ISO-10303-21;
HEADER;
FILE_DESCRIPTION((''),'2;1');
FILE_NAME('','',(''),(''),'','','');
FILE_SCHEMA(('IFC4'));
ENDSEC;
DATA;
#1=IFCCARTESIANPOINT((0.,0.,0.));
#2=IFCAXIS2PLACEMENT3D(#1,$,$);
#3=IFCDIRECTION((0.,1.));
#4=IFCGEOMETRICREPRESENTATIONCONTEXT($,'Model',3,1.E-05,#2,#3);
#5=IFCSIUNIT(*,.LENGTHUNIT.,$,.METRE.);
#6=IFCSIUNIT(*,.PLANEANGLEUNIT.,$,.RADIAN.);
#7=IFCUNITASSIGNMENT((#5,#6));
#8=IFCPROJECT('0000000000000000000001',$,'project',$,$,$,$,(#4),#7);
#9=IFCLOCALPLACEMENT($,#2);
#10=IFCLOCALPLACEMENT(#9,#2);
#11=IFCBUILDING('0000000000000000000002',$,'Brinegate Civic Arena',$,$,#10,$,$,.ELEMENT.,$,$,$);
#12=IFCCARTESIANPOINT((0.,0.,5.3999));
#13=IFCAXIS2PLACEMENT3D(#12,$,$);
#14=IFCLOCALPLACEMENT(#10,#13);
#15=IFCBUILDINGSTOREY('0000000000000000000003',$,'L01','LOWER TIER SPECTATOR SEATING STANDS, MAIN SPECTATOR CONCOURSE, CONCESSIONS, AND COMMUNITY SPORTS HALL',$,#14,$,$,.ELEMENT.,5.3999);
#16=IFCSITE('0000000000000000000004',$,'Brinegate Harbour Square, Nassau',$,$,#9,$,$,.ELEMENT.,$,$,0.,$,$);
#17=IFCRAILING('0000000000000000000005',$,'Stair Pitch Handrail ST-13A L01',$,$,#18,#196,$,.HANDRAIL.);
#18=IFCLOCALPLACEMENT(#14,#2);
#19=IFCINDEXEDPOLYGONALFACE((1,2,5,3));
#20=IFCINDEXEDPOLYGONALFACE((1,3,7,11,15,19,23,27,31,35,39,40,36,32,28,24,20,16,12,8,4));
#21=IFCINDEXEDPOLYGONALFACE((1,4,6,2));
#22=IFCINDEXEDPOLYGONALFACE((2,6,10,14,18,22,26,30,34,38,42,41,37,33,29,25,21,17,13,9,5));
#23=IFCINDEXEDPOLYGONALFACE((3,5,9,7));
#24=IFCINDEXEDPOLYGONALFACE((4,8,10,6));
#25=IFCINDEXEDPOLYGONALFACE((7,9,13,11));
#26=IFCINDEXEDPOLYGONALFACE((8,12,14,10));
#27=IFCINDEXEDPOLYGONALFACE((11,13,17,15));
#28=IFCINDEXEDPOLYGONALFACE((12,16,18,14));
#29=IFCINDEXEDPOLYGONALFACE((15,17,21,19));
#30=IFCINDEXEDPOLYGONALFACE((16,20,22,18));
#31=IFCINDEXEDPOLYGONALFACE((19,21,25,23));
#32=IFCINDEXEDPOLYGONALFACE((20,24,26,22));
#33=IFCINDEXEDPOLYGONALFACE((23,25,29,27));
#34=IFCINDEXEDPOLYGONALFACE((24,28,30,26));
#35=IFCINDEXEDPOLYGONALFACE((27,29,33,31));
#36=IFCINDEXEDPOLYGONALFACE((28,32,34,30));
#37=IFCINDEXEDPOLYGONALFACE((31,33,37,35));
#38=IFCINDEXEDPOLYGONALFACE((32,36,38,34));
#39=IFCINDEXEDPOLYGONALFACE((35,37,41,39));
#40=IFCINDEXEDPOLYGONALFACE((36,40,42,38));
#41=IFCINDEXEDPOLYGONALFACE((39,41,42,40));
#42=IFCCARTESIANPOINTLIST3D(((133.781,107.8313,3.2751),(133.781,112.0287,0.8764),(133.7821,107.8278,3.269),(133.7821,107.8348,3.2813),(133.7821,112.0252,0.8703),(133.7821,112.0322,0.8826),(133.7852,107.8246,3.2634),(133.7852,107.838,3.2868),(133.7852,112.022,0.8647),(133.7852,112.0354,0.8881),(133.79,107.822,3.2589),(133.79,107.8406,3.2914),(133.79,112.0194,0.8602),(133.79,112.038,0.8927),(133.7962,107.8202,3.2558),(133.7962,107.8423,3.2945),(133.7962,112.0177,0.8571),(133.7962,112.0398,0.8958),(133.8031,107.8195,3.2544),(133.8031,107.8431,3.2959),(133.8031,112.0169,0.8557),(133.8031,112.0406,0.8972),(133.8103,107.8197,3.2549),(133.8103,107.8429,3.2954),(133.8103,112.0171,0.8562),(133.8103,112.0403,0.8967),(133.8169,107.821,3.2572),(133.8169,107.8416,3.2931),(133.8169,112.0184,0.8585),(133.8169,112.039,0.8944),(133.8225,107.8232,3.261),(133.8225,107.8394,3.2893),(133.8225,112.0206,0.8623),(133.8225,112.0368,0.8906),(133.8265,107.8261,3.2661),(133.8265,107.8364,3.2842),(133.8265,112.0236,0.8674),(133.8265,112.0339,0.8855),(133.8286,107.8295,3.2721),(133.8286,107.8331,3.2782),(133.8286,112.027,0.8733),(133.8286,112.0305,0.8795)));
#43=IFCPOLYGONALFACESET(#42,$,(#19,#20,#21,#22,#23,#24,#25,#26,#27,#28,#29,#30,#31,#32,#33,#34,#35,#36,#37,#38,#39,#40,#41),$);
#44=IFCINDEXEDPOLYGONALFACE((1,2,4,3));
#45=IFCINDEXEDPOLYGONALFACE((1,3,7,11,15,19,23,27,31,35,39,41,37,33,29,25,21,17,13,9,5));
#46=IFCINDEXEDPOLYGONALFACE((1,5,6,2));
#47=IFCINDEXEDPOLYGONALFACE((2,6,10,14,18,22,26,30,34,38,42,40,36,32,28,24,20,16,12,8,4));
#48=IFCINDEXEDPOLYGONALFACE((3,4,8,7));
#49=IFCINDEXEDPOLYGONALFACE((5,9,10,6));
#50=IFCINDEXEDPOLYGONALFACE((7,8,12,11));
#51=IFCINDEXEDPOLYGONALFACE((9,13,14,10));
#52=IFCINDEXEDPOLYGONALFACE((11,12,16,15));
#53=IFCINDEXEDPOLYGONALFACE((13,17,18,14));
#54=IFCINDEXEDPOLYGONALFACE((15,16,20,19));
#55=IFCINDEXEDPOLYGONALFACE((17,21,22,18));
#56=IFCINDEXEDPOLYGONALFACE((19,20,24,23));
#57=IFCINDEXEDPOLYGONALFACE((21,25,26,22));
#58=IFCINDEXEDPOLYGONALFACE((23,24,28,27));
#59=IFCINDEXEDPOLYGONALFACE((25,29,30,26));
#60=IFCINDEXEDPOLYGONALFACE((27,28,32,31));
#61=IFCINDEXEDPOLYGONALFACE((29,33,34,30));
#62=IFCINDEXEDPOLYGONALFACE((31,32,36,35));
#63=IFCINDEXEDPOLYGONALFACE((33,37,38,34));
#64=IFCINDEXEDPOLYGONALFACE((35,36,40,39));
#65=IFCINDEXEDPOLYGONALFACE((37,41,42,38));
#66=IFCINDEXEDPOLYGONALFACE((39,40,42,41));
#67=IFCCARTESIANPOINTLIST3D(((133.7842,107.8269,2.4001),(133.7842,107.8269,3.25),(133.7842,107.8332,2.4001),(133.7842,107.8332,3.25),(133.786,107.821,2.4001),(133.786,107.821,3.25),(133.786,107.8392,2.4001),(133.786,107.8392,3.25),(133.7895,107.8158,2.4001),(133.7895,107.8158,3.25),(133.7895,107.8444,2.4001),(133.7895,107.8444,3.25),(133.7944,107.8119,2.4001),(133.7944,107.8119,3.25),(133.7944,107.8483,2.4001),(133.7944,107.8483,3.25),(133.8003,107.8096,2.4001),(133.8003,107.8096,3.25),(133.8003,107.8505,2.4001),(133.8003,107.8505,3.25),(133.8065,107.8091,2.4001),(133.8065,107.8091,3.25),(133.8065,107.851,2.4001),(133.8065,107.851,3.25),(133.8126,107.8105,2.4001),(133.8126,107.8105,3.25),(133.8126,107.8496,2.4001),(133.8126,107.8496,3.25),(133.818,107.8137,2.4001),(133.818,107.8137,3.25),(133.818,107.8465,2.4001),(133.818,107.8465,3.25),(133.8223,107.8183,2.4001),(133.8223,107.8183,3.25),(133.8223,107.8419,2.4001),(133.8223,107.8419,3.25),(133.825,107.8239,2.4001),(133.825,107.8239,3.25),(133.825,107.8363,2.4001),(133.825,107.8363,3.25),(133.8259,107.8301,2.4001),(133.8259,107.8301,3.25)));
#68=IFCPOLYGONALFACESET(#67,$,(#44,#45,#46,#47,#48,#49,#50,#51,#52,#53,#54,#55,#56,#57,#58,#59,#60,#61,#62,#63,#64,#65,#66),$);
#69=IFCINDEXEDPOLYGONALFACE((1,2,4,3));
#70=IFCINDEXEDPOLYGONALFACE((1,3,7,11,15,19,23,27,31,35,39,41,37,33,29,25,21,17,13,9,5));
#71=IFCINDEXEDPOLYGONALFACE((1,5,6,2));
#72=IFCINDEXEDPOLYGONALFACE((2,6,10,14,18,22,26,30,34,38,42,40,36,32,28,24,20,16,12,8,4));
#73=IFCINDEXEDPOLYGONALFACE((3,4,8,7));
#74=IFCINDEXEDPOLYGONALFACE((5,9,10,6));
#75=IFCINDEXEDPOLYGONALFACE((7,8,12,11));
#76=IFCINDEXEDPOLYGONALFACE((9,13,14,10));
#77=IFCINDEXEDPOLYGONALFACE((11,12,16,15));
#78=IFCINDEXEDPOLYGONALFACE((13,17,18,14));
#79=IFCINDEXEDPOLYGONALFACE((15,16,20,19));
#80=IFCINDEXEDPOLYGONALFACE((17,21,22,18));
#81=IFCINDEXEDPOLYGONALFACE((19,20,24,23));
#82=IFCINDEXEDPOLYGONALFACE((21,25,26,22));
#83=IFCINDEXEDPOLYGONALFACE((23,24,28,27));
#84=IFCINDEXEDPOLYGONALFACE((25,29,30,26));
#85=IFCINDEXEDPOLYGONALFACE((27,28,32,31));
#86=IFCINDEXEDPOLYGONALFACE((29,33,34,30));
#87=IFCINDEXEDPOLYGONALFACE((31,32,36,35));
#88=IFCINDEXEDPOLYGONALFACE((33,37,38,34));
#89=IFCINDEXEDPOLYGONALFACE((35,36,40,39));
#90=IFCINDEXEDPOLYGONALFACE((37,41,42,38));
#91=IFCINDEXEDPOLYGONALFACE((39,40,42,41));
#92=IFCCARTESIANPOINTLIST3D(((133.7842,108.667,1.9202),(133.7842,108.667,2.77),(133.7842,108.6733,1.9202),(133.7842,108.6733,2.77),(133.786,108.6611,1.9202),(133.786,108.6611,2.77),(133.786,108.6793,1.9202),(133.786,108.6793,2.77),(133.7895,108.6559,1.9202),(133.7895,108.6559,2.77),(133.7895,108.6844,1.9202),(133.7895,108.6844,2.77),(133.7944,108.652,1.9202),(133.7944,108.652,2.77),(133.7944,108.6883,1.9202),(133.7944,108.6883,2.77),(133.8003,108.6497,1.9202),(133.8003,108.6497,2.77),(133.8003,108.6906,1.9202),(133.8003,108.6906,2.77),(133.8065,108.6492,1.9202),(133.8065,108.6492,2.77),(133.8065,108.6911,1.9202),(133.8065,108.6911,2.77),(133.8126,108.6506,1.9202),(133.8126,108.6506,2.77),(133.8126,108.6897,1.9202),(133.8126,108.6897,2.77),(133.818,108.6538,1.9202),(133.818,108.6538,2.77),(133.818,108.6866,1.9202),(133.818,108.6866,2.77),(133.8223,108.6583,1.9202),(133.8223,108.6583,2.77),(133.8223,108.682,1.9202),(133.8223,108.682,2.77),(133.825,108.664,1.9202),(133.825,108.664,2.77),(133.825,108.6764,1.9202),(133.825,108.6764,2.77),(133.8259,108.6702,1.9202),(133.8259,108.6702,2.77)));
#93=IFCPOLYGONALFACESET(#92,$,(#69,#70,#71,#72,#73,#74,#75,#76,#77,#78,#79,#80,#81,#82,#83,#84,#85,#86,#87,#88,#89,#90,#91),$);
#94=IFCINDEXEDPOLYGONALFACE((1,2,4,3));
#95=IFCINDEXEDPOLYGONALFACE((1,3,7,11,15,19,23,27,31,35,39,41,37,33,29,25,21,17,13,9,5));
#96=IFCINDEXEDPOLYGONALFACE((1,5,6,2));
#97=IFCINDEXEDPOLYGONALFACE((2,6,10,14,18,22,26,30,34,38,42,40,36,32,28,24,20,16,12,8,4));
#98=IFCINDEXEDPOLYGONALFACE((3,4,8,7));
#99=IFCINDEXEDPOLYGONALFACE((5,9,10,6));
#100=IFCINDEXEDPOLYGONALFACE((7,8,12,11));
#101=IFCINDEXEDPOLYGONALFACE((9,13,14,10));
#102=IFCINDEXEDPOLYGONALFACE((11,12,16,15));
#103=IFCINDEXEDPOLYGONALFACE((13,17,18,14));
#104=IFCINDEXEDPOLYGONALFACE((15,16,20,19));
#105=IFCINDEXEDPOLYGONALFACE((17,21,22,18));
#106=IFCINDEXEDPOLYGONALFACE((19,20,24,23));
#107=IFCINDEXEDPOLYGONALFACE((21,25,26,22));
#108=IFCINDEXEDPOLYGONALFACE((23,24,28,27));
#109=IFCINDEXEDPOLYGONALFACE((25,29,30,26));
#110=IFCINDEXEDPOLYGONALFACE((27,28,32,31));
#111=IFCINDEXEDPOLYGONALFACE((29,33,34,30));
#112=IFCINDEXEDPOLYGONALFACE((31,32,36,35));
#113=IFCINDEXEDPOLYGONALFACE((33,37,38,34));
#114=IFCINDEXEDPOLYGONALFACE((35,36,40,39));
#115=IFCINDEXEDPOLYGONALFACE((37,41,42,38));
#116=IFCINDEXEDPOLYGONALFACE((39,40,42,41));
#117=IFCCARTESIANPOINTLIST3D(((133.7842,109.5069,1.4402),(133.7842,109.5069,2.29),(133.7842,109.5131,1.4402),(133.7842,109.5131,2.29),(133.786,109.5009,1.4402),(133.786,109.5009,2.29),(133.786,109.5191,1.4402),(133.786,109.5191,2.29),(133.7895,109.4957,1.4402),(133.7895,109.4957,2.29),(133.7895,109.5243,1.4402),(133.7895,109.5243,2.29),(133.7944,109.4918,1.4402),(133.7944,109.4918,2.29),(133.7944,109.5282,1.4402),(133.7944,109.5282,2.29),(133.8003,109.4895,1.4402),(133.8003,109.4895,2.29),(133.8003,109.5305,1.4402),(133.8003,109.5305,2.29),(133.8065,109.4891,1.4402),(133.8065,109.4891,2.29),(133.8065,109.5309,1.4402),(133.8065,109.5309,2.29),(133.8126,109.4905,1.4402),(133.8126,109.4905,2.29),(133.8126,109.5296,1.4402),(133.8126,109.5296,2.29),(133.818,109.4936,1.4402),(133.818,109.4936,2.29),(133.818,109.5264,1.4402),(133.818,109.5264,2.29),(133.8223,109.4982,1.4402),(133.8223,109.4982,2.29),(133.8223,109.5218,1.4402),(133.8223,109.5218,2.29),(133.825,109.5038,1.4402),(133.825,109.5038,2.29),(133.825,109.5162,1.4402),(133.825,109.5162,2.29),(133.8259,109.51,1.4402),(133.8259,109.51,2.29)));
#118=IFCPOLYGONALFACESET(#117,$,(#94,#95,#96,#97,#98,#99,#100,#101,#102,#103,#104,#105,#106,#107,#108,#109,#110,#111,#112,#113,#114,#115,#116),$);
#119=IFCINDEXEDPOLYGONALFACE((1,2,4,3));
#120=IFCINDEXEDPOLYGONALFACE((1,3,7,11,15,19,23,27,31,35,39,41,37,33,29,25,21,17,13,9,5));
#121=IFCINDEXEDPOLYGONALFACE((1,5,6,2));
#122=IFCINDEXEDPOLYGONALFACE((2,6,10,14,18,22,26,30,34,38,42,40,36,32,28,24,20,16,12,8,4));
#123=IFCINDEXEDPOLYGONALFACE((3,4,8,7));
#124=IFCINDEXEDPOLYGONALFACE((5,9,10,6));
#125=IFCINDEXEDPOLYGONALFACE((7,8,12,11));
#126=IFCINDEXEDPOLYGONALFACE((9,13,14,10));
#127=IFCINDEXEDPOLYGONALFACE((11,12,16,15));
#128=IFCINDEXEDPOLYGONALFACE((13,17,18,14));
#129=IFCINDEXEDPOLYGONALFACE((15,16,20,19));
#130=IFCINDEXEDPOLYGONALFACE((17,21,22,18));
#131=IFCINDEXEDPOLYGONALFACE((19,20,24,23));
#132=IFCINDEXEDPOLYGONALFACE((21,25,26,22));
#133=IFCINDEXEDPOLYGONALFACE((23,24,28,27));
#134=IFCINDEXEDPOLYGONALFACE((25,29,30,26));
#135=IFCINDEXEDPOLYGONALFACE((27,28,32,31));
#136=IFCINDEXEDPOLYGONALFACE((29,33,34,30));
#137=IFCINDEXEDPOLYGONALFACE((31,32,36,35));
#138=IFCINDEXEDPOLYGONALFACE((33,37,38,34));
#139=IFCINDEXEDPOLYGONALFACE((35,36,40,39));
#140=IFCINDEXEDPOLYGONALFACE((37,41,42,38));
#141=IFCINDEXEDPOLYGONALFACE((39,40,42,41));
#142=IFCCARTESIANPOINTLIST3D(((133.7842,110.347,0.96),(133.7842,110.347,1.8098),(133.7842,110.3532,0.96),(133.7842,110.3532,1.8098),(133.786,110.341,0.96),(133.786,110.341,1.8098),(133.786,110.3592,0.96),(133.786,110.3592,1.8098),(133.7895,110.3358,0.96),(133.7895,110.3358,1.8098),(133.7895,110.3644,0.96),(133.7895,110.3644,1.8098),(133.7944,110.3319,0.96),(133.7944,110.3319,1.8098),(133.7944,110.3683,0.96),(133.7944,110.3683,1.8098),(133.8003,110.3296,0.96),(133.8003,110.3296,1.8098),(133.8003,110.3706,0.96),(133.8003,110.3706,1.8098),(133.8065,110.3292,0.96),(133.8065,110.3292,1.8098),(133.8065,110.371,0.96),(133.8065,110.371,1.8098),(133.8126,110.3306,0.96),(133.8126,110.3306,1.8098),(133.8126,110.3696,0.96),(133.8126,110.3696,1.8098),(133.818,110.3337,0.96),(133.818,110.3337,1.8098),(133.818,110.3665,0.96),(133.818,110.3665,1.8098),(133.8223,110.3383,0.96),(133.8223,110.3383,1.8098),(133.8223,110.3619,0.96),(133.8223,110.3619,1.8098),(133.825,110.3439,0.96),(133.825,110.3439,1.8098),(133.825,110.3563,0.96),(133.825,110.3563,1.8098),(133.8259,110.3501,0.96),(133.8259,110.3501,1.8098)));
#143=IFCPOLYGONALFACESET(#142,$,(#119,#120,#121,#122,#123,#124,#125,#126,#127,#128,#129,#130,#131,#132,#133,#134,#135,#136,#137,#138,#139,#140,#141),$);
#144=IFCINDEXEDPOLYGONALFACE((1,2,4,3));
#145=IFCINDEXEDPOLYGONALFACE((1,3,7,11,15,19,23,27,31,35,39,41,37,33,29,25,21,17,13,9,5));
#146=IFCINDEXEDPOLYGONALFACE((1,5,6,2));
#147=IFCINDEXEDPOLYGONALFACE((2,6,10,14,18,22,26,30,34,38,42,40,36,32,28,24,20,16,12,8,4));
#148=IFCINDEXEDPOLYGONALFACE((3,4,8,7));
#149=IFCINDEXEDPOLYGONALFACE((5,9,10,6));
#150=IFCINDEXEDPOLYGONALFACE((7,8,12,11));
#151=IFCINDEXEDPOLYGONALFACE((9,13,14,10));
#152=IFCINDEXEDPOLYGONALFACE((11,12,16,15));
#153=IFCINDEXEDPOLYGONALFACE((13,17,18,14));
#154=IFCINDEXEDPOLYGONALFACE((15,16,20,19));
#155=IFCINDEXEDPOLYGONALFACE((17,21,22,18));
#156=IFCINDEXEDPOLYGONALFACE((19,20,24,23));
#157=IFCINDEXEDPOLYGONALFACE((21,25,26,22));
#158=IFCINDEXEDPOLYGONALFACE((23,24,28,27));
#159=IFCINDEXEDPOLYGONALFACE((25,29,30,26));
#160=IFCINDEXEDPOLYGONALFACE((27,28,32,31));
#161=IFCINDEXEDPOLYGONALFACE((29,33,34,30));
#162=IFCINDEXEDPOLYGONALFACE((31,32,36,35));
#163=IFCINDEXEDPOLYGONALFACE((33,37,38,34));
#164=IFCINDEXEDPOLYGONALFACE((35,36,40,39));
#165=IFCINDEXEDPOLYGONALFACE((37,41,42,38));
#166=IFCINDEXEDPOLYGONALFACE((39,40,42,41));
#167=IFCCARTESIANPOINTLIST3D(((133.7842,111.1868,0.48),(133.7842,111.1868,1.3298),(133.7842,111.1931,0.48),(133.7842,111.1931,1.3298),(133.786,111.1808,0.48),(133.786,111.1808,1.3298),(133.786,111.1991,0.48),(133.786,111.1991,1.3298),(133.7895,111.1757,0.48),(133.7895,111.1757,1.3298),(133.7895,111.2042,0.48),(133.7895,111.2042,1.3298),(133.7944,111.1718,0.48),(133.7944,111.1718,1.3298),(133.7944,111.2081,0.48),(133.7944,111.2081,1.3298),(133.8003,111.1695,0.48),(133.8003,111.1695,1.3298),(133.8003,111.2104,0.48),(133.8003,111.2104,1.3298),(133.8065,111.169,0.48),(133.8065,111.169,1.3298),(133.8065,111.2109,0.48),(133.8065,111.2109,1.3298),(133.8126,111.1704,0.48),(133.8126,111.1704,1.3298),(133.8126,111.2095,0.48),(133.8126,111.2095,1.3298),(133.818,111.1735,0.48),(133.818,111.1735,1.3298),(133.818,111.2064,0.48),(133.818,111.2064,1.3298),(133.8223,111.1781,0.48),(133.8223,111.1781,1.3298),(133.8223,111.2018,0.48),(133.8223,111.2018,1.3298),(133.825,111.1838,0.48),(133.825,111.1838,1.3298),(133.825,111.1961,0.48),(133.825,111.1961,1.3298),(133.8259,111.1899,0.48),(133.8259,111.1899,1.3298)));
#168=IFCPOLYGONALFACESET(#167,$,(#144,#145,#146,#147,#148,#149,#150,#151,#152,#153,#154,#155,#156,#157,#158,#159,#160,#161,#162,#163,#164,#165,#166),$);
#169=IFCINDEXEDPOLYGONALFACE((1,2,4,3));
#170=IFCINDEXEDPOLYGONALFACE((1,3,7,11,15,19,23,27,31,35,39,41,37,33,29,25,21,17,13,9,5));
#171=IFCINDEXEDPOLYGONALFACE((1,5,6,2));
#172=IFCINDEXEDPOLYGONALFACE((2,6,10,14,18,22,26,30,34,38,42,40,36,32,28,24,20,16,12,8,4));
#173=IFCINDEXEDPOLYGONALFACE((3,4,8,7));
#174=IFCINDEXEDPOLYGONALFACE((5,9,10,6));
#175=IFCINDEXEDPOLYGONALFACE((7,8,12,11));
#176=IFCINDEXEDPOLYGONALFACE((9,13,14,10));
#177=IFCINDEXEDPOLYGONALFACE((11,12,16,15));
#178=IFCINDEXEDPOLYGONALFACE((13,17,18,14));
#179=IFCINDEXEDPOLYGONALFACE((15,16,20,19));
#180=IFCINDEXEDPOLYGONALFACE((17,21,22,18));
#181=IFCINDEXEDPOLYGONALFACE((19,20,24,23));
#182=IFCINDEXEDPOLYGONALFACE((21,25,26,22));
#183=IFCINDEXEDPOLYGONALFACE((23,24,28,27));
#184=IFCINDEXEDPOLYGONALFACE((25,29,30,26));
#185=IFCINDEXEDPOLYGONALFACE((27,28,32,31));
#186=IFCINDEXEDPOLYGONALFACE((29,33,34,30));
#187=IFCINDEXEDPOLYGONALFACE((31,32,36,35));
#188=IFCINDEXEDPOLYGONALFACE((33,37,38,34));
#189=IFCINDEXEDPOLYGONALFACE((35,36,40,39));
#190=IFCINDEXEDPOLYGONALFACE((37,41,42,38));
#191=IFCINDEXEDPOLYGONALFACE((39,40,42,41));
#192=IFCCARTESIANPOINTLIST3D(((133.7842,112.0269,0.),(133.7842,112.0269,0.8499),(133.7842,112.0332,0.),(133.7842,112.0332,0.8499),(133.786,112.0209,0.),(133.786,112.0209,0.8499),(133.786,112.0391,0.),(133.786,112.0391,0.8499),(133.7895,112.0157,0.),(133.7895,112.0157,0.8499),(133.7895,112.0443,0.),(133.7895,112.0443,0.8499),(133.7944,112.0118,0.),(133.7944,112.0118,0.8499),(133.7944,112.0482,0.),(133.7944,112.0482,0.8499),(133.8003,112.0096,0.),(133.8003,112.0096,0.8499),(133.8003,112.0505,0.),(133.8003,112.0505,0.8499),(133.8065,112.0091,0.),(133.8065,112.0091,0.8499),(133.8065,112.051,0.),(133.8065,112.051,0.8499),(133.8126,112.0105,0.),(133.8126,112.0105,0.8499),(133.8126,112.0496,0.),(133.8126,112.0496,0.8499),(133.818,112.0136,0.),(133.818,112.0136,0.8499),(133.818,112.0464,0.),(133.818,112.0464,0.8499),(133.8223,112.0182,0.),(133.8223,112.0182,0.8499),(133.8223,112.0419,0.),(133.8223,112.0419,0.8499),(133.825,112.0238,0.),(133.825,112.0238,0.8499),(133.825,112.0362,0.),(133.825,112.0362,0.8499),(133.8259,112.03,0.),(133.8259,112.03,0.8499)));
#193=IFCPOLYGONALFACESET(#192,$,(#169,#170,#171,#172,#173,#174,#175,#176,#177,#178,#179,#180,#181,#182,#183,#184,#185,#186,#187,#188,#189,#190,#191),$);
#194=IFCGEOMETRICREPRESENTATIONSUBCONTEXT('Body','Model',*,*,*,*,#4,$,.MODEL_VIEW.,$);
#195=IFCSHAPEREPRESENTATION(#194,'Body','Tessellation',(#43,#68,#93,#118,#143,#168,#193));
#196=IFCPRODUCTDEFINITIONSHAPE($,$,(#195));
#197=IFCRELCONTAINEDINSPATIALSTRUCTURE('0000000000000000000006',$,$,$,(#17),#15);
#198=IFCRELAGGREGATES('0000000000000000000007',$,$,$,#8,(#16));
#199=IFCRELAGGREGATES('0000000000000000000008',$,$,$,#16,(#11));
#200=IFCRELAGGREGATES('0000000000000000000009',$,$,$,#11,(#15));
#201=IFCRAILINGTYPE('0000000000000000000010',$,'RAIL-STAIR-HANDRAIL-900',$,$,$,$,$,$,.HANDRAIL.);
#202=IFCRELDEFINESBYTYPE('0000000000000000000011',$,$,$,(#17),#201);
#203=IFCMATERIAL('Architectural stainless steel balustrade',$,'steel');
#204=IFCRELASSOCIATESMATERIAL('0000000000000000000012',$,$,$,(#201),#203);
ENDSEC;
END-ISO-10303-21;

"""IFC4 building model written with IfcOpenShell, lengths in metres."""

from ifc_helpers import new_model, si_unit, direction, frame, origin, origin_2d, place, context, subcontext, project, spatial, circle, extrude, material, type_object, element, save


model = new_model("IFC4")

# Units and contexts
model_context = context("Model", 3, precision=1e-05, world=origin(), true_north=direction((0.0, 1.0)))
body_context = subcontext(model_context, "Body", "Model", "MODEL_VIEW")
ifc_project = project(units=[si_unit("LENGTHUNIT", "METRE"), si_unit("PLANEANGLEUNIT", "RADIAN")], contexts=[model_context])

# Site, building, storey
site_placement = place(None, origin())
site = spatial("IfcSite", under=ifc_project, at=site_placement, Name="Brinegate Harbour Square, Nassau", CompositionType="ELEMENT", RefElevation=0.0)
building_placement = place(site_placement, origin())
building = spatial("IfcBuilding", under=site, at=building_placement, Name="Brinegate Civic Arena", CompositionType="ELEMENT")
storey_placement = place(building_placement, frame((0.0, 0.0, 5.3999)))
storey = spatial("IfcBuildingStorey", under=building, at=storey_placement, Name="L01", Description="LOWER TIER SPECTATOR SEATING STANDS, MAIN SPECTATOR CONCOURSE, CONCESSIONS, AND COMMUNITY SPORTS HALL", CompositionType="ELEMENT", Elevation=5.3999)

# Railing
ifc_material_1 = material(Name="Architectural stainless steel balustrade", Category="steel")
railing_type_1 = type_object("IfcRailingType", Name="RAIL-STAIR-HANDRAIL-900", PredefinedType="HANDRAIL", material=ifc_material_1)
for number, where, name in (
    (1, (133.8049, 107.8301, 2.4001), "Stair Pitch Handrail ST-13A L01"),
):
    element("IfcRailing", number, at=place(storey_placement, frame(where)), inside=storey, type_object=railing_type_1, Name=name, PredefinedType="HANDRAIL", context=body_context, shape_type="SweptSolid", body=[
        extrude(circle(Radius=0.0239, at=origin_2d()), frame((0.0, 0.0012, 0.875), z_axis=(0.0, 0.868228, -0.496166), x_axis=(-1.0, 0.0, 0.0)), (0.0, 0.0, 1.0), 4.8345),
        extrude(circle(Radius=0.021, at=origin_2d()), origin(), (0.0, 0.0, 1.0), 0.8499),
        extrude(circle(Radius=0.021, at=origin_2d()), frame((0.0, 0.8401, -0.48)), (0.0, 0.0, 1.0), 0.8499),
        extrude(circle(Radius=0.021, at=origin_2d()), frame((0.0, 1.6799, -0.96)), (0.0, 0.0, 1.0), 0.8499),
        extrude(circle(Radius=0.021, at=origin_2d()), frame((0.0, 2.52, -1.4402)), (0.0, 0.0, 1.0), 0.8499),
        extrude(circle(Radius=0.021, at=origin_2d()), frame((0.0, 3.3599, -1.9202)), (0.0, 0.0, 1.0), 0.8499),
        extrude(circle(Radius=0.021, at=origin_2d()), frame((0.0, 4.2, -2.4001)), (0.0, 0.0, 1.0), 0.8499),
    ])

save(model, "model.ifc")
